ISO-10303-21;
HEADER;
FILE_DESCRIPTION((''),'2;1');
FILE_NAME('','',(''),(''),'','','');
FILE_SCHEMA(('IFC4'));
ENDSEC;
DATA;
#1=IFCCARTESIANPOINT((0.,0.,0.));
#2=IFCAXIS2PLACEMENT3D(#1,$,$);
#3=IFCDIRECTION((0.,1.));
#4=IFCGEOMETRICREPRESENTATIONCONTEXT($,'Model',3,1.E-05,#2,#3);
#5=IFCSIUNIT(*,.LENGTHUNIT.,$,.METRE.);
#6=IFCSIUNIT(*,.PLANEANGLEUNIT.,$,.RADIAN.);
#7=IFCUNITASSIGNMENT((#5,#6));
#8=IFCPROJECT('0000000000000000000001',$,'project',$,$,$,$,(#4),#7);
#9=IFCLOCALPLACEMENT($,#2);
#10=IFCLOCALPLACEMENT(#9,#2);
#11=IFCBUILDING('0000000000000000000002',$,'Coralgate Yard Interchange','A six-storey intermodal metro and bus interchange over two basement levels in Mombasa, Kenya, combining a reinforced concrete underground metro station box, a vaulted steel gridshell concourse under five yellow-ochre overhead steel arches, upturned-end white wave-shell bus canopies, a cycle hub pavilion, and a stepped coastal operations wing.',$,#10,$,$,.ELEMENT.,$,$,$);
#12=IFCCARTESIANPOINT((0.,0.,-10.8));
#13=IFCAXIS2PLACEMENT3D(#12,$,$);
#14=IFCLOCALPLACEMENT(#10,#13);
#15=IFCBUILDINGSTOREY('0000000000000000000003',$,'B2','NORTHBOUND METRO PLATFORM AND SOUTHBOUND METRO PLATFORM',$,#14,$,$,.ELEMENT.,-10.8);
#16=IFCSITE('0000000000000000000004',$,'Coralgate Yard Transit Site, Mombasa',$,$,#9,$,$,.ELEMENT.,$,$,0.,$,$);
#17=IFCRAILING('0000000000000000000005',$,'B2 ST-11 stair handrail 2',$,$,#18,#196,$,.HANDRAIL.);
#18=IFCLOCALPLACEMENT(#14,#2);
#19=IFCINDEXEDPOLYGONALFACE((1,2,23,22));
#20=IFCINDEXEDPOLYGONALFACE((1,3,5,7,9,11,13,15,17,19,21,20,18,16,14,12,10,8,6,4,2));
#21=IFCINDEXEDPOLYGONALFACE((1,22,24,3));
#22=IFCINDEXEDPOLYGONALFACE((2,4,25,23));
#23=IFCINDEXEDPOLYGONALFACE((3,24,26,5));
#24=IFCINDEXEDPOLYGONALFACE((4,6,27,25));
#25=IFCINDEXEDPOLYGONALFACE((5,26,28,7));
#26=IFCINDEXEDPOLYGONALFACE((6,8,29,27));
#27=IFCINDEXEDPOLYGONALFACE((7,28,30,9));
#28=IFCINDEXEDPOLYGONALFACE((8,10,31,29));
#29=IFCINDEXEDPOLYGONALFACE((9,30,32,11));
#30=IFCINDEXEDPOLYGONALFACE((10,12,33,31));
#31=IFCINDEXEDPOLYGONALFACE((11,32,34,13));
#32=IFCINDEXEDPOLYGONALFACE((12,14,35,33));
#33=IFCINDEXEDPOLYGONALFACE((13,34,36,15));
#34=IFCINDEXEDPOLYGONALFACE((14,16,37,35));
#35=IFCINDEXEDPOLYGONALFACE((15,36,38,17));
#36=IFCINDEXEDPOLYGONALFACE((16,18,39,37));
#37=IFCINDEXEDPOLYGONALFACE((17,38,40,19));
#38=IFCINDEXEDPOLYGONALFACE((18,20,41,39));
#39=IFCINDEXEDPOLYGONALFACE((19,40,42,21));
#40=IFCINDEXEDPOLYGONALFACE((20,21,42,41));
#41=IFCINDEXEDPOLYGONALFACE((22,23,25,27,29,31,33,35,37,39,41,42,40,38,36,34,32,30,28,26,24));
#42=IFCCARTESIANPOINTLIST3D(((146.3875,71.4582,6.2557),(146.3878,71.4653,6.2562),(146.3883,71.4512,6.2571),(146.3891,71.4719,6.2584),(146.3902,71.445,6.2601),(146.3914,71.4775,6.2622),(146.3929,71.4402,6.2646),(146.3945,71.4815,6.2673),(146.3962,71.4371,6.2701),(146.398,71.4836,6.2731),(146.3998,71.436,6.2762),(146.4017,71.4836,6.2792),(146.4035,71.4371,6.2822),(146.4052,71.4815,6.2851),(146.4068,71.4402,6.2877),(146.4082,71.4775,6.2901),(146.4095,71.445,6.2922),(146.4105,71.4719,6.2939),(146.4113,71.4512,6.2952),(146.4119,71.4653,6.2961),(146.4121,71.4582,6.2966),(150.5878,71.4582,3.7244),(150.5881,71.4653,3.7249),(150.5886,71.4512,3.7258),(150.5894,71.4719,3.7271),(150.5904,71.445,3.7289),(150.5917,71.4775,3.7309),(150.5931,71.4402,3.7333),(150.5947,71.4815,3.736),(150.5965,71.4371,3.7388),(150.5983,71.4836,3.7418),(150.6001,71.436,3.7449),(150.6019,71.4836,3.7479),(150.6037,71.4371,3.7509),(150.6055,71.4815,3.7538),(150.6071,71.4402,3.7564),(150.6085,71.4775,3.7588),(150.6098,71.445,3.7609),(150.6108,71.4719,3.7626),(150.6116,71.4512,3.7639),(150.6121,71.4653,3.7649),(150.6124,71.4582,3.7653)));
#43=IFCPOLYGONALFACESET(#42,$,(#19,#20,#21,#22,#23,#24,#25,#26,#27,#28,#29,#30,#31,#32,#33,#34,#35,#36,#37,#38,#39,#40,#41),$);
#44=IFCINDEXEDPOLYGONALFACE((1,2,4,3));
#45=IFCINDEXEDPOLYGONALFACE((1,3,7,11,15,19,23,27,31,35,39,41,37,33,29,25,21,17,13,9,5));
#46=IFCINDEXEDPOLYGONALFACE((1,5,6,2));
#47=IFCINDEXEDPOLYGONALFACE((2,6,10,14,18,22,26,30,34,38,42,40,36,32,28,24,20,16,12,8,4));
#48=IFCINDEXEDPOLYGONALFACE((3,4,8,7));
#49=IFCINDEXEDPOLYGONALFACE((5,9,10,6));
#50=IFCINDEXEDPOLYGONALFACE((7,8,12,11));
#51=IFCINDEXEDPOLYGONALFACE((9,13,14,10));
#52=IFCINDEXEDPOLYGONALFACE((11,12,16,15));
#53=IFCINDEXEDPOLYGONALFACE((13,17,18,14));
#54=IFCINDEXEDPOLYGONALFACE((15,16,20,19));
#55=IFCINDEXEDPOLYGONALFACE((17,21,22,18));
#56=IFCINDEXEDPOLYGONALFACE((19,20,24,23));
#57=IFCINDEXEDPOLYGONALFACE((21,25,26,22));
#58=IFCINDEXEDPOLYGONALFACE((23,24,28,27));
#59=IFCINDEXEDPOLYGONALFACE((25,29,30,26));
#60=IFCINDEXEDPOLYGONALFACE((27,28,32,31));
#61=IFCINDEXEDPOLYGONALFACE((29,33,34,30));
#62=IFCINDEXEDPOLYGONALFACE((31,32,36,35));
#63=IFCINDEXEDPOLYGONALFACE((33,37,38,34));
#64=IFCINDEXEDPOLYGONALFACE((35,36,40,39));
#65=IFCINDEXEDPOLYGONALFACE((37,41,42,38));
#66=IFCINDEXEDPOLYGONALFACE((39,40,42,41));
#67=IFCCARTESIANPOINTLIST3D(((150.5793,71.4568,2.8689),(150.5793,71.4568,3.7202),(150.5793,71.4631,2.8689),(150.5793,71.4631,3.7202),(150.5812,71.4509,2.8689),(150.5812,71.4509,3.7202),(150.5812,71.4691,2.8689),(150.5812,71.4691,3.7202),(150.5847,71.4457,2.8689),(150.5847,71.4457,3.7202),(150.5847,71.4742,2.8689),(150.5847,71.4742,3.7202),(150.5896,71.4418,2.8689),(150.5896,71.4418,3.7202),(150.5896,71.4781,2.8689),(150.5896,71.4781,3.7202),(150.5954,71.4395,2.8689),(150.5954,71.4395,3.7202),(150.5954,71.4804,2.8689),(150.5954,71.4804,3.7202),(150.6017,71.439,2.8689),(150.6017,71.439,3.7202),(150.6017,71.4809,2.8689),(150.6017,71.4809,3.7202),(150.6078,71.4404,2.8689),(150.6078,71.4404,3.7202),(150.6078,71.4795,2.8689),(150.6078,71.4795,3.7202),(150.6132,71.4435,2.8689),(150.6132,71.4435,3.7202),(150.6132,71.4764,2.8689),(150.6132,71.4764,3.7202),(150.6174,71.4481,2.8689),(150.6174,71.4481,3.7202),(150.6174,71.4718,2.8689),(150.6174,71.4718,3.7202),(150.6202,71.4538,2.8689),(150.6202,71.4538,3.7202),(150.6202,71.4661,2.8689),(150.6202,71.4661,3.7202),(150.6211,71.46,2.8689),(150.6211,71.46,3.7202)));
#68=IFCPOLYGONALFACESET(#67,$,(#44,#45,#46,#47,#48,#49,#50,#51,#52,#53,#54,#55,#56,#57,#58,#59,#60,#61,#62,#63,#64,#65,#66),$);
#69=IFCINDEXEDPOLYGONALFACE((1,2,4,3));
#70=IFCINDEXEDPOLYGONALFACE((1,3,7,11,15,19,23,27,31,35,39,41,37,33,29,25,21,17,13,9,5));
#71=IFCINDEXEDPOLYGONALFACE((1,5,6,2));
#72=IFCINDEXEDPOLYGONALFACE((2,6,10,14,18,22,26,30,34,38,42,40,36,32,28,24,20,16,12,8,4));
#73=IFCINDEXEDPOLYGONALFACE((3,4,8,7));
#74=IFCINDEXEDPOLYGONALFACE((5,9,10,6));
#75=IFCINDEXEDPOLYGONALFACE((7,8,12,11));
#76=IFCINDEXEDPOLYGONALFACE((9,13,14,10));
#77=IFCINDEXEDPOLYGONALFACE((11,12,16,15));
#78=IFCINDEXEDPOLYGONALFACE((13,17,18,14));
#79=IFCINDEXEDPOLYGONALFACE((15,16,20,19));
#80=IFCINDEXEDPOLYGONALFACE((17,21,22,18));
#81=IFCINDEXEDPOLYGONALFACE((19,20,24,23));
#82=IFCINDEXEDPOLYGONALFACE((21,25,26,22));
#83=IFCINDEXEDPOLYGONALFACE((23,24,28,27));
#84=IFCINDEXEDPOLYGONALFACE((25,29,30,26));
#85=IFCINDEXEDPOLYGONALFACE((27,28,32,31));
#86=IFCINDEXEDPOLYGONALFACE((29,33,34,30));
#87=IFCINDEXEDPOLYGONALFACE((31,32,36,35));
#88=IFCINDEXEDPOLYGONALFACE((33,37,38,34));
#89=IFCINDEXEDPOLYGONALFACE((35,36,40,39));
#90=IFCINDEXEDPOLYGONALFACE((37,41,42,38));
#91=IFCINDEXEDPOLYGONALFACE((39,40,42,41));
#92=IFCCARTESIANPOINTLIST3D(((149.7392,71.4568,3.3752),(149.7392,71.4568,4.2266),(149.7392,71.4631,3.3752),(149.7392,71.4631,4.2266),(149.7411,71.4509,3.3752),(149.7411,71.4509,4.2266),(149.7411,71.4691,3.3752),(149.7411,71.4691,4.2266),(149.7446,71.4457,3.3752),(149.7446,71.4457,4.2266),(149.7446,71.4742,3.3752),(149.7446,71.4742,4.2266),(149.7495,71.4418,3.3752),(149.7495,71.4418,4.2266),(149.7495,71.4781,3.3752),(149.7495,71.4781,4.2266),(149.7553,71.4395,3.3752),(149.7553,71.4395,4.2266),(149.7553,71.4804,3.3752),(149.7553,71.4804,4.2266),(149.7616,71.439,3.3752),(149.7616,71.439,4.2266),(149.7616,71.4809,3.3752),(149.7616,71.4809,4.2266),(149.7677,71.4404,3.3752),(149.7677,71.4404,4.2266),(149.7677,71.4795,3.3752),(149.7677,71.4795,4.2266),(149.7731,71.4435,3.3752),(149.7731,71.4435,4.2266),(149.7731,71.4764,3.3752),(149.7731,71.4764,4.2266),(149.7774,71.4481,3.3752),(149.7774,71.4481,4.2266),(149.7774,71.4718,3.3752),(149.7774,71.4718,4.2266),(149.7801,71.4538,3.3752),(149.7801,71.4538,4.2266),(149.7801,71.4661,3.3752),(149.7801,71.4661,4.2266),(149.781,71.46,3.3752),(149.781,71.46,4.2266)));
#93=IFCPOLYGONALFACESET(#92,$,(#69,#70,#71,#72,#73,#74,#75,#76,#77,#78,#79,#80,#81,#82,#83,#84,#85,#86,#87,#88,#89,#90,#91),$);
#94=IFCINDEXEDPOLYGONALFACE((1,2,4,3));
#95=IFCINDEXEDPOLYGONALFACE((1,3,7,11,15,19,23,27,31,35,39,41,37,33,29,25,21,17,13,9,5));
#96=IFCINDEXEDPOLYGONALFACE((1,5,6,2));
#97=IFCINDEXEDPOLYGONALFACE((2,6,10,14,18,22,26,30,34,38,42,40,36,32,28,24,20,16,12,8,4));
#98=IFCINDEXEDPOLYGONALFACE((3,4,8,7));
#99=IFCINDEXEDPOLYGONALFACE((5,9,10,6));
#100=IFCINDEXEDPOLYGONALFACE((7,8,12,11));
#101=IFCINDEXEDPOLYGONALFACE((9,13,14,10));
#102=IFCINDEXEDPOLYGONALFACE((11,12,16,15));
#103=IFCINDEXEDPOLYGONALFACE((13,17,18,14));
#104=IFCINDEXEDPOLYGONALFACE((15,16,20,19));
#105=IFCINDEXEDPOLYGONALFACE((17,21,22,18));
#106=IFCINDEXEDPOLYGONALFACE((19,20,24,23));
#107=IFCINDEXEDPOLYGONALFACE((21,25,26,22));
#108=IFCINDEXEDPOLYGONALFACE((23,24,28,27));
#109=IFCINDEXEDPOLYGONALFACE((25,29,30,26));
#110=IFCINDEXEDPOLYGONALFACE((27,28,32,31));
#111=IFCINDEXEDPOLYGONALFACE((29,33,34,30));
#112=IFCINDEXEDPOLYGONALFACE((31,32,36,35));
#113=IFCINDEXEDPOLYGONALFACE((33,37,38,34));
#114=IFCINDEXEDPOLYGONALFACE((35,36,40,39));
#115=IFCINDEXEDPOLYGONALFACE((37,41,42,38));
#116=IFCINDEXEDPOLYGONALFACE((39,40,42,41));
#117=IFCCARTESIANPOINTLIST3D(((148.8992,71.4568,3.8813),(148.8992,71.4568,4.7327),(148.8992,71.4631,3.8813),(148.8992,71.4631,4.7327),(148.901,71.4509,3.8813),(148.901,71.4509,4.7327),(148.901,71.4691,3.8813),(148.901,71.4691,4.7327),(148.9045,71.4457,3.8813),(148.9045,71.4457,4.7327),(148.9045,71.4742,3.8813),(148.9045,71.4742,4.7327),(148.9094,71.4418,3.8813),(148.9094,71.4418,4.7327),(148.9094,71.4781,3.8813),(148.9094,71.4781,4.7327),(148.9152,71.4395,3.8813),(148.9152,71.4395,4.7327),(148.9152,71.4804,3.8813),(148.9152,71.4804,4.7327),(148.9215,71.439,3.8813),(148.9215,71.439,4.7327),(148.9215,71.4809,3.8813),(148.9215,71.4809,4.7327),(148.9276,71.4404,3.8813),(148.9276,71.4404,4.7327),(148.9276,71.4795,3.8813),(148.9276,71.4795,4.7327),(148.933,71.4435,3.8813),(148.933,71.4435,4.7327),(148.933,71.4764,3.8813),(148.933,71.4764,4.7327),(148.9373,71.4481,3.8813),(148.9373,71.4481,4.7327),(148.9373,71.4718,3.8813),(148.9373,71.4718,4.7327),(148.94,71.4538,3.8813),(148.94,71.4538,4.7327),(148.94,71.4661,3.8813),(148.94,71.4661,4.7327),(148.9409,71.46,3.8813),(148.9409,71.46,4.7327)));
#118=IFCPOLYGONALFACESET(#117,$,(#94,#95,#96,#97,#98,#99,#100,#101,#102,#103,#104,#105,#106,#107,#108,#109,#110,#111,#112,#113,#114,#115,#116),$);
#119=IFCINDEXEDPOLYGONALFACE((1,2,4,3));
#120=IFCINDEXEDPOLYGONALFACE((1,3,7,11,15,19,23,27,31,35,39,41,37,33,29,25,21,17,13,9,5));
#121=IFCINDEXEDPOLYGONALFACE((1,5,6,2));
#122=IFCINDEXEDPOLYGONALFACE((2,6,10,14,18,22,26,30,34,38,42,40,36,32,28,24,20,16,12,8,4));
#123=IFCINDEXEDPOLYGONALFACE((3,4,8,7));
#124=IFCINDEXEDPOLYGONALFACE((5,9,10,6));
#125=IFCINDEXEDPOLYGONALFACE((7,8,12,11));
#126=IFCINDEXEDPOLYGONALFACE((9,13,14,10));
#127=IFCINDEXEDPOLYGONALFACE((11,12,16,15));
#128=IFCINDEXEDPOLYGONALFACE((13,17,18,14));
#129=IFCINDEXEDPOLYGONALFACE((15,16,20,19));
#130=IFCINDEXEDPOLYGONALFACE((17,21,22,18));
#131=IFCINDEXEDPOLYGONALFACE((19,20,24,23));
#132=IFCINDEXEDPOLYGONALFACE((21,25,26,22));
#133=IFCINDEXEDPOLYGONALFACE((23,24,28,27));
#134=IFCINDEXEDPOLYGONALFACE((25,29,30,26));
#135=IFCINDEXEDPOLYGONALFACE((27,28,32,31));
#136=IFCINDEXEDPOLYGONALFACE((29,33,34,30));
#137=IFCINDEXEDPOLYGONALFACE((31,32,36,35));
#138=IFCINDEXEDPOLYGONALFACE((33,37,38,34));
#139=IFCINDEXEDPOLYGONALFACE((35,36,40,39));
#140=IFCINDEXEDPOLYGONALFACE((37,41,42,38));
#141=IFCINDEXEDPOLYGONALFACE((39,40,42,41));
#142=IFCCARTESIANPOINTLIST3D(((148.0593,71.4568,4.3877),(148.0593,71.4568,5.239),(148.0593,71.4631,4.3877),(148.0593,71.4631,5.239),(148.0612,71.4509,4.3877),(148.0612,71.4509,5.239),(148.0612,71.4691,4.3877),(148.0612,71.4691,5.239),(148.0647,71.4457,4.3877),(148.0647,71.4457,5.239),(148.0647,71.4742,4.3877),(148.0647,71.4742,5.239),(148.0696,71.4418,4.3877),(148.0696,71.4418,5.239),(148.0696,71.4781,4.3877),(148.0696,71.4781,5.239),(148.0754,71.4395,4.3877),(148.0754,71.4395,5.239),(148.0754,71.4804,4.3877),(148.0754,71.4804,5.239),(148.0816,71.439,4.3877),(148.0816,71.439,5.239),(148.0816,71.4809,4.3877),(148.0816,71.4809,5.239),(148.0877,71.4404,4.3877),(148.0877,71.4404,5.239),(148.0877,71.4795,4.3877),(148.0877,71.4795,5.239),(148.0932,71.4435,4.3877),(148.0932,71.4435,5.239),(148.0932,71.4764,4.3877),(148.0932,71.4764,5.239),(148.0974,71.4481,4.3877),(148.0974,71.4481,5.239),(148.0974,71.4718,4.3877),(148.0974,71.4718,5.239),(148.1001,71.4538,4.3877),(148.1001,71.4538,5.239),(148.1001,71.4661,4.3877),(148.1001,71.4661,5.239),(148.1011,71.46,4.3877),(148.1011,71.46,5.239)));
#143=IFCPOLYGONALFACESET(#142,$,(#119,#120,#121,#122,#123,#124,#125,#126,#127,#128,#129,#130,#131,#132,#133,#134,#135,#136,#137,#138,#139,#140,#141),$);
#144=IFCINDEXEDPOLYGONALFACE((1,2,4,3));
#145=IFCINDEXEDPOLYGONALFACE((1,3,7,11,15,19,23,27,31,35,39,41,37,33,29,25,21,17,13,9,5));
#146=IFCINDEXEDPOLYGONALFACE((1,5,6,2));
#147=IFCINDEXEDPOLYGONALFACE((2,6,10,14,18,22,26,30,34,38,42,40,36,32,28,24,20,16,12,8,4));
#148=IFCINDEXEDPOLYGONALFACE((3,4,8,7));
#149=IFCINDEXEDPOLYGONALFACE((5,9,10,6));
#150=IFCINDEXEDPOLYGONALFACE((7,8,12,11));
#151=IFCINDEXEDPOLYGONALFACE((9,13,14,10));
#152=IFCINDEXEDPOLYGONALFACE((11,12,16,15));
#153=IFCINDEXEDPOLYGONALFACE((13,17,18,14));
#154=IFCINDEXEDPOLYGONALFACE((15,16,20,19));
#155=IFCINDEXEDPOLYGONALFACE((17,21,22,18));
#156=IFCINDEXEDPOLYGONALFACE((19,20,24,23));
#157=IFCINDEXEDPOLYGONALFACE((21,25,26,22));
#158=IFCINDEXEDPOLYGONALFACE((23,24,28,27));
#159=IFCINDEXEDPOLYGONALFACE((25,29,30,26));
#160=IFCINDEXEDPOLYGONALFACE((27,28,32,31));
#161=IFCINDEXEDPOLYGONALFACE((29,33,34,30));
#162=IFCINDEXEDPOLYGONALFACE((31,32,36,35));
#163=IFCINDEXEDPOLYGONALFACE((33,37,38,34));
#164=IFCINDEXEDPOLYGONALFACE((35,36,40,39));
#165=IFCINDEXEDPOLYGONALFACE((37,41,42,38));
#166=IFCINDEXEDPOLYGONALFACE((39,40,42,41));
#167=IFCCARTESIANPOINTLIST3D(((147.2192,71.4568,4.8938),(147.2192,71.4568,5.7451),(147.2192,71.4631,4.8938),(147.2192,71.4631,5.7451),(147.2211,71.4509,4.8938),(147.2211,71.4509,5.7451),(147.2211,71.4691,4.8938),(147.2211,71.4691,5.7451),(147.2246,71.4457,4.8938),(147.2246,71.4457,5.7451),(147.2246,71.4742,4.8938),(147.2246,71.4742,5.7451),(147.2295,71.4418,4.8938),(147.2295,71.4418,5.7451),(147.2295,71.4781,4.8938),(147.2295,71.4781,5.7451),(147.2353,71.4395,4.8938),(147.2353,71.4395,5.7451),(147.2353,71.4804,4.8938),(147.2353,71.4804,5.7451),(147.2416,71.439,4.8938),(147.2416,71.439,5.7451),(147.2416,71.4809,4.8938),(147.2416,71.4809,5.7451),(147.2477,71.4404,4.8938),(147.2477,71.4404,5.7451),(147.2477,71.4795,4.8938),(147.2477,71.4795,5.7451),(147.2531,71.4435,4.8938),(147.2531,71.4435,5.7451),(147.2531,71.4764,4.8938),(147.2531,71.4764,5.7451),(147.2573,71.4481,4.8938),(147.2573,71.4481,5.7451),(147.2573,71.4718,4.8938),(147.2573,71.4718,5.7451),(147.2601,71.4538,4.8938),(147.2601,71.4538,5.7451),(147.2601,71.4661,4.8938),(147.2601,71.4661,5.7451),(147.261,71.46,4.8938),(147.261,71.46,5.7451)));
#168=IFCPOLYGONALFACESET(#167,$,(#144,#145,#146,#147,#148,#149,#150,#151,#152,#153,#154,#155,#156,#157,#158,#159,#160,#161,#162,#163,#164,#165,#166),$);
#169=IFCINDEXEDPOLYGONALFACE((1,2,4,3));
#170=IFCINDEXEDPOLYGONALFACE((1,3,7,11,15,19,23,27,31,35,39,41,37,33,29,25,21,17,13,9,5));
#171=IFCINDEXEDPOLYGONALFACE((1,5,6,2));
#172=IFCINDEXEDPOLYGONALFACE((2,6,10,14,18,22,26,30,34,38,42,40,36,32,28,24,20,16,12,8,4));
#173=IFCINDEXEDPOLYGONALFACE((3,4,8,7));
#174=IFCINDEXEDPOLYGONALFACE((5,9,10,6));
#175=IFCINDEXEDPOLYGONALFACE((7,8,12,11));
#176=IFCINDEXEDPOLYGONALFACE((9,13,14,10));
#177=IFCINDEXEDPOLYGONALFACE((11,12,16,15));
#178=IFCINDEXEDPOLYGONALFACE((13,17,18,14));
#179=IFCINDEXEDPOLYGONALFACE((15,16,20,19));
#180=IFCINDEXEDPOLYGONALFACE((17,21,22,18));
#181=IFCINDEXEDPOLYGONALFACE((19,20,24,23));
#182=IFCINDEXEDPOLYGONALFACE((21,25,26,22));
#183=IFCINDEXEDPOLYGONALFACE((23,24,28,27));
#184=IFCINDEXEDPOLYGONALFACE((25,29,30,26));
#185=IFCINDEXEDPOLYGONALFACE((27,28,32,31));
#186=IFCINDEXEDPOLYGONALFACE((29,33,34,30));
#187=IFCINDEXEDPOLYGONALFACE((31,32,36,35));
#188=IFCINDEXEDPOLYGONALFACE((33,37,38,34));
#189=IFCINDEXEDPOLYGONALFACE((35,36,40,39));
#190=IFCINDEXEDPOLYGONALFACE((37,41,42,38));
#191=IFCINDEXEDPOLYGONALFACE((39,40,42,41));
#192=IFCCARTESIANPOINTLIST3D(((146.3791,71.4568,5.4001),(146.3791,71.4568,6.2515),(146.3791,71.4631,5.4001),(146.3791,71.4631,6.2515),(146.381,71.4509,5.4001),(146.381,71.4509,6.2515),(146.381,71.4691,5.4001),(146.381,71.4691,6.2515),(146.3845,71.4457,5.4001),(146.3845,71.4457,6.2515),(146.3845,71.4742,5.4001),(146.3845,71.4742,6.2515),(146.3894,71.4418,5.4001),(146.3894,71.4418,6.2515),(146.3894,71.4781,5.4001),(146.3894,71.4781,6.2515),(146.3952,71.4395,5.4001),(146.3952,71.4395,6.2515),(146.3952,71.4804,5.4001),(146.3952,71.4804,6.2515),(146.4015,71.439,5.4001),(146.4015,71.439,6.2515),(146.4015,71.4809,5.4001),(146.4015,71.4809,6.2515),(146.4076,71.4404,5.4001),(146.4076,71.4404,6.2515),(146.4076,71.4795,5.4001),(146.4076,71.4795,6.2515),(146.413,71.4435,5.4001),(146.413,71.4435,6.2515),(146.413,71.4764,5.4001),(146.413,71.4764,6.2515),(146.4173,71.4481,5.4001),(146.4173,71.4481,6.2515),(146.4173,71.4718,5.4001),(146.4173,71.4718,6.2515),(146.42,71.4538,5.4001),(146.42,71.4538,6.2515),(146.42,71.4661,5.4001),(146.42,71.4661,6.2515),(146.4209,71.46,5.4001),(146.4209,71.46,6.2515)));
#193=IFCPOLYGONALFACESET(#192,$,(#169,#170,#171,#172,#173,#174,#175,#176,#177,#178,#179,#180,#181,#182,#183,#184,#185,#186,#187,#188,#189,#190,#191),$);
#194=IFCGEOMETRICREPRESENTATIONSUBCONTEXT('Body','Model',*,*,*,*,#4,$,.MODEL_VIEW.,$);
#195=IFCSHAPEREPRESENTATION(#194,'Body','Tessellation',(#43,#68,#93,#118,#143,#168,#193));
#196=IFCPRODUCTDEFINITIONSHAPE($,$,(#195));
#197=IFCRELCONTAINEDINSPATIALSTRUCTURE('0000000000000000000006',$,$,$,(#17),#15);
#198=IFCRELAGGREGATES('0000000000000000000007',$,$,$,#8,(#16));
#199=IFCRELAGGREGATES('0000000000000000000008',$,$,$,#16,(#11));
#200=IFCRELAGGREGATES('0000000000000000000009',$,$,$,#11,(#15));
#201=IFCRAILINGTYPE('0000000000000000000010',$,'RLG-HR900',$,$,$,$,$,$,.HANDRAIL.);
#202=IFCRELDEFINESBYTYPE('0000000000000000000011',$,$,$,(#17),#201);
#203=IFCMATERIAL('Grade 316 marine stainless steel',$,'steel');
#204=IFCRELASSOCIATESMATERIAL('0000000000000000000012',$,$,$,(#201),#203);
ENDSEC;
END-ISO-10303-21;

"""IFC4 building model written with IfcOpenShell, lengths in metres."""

from ifc_helpers import new_model, si_unit, direction, frame, origin, origin_2d, place, context, subcontext, project, spatial, circle, extrude, material, type_object, element, save


model = new_model("IFC4")

# Units and contexts
model_context = context("Model", 3, precision=1e-05, world=origin(), true_north=direction((0.0, 1.0)))
body_context = subcontext(model_context, "Body", "Model", "MODEL_VIEW")
ifc_project = project(units=[si_unit("LENGTHUNIT", "METRE"), si_unit("PLANEANGLEUNIT", "RADIAN")], contexts=[model_context])

# Site, building, storey
site_placement = place(None, origin())
site = spatial("IfcSite", under=ifc_project, at=site_placement, Name="Coralgate Yard Transit Site, Mombasa", CompositionType="ELEMENT", RefElevation=0.0)
building_placement = place(site_placement, origin())
building = spatial("IfcBuilding", under=site, at=building_placement, Name="Coralgate Yard Interchange", Description="A six-storey intermodal metro and bus interchange over two basement levels in Mombasa, Kenya, combining a reinforced concrete underground metro station box, a vaulted steel gridshell concourse under five yellow-ochre overhead steel arches, upturned-end white wave-shell bus canopies, a cycle hub pavilion, and a stepped coastal operations wing.", CompositionType="ELEMENT")
storey_placement = place(building_placement, frame((0.0, 0.0, -10.8)))
storey = spatial("IfcBuildingStorey", under=building, at=storey_placement, Name="B2", Description="NORTHBOUND METRO PLATFORM AND SOUTHBOUND METRO PLATFORM", CompositionType="ELEMENT", Elevation=-10.8)

# Railing
ifc_material_1 = material(Name="Grade 316 marine stainless steel", Category="steel")
railing_type_1 = type_object("IfcRailingType", Name="RLG-HR900", PredefinedType="HANDRAIL", material=ifc_material_1)
railing_1_placement = place(storey_placement, frame((150.6001, 71.46, 2.8689)))
element("IfcRailing", 1, at=railing_1_placement, inside=storey, type_object=railing_type_1, Name="B2 ST-11 stair handrail 2", PredefinedType="HANDRAIL", context=body_context, shape_type="SweptSolid", body=[
    extrude(circle(Radius=0.0239, at=origin_2d()), frame((0.0, 0.0, 0.876), z_axis=(-0.85649, 0.0, 0.516164), x_axis=(0.0, -1.0, 0.0)), (0.0, 0.0, 1.0), 4.9041),
    extrude(circle(Radius=0.021, at=origin_2d()), origin(), (0.0, 0.0, 1.0), 0.8513),
    extrude(circle(Radius=0.021, at=origin_2d()), frame((-0.8401, 0.0, 0.5063)), (0.0, 0.0, 1.0), 0.8513),
    extrude(circle(Radius=0.021, at=origin_2d()), frame((-1.6802, 0.0, 1.0125)), (0.0, 0.0, 1.0), 0.8513),
    extrude(circle(Radius=0.021, at=origin_2d()), frame((-2.52, 0.0, 1.5188)), (0.0, 0.0, 1.0), 0.8513),
    extrude(circle(Radius=0.021, at=origin_2d()), frame((-3.3601, 0.0, 2.0249)), (0.0, 0.0, 1.0), 0.8513),
    extrude(circle(Radius=0.021, at=origin_2d()), frame((-4.2002, 0.0, 2.5312)), (0.0, 0.0, 1.0), 0.8513),
])

save(model, "model.ifc")
